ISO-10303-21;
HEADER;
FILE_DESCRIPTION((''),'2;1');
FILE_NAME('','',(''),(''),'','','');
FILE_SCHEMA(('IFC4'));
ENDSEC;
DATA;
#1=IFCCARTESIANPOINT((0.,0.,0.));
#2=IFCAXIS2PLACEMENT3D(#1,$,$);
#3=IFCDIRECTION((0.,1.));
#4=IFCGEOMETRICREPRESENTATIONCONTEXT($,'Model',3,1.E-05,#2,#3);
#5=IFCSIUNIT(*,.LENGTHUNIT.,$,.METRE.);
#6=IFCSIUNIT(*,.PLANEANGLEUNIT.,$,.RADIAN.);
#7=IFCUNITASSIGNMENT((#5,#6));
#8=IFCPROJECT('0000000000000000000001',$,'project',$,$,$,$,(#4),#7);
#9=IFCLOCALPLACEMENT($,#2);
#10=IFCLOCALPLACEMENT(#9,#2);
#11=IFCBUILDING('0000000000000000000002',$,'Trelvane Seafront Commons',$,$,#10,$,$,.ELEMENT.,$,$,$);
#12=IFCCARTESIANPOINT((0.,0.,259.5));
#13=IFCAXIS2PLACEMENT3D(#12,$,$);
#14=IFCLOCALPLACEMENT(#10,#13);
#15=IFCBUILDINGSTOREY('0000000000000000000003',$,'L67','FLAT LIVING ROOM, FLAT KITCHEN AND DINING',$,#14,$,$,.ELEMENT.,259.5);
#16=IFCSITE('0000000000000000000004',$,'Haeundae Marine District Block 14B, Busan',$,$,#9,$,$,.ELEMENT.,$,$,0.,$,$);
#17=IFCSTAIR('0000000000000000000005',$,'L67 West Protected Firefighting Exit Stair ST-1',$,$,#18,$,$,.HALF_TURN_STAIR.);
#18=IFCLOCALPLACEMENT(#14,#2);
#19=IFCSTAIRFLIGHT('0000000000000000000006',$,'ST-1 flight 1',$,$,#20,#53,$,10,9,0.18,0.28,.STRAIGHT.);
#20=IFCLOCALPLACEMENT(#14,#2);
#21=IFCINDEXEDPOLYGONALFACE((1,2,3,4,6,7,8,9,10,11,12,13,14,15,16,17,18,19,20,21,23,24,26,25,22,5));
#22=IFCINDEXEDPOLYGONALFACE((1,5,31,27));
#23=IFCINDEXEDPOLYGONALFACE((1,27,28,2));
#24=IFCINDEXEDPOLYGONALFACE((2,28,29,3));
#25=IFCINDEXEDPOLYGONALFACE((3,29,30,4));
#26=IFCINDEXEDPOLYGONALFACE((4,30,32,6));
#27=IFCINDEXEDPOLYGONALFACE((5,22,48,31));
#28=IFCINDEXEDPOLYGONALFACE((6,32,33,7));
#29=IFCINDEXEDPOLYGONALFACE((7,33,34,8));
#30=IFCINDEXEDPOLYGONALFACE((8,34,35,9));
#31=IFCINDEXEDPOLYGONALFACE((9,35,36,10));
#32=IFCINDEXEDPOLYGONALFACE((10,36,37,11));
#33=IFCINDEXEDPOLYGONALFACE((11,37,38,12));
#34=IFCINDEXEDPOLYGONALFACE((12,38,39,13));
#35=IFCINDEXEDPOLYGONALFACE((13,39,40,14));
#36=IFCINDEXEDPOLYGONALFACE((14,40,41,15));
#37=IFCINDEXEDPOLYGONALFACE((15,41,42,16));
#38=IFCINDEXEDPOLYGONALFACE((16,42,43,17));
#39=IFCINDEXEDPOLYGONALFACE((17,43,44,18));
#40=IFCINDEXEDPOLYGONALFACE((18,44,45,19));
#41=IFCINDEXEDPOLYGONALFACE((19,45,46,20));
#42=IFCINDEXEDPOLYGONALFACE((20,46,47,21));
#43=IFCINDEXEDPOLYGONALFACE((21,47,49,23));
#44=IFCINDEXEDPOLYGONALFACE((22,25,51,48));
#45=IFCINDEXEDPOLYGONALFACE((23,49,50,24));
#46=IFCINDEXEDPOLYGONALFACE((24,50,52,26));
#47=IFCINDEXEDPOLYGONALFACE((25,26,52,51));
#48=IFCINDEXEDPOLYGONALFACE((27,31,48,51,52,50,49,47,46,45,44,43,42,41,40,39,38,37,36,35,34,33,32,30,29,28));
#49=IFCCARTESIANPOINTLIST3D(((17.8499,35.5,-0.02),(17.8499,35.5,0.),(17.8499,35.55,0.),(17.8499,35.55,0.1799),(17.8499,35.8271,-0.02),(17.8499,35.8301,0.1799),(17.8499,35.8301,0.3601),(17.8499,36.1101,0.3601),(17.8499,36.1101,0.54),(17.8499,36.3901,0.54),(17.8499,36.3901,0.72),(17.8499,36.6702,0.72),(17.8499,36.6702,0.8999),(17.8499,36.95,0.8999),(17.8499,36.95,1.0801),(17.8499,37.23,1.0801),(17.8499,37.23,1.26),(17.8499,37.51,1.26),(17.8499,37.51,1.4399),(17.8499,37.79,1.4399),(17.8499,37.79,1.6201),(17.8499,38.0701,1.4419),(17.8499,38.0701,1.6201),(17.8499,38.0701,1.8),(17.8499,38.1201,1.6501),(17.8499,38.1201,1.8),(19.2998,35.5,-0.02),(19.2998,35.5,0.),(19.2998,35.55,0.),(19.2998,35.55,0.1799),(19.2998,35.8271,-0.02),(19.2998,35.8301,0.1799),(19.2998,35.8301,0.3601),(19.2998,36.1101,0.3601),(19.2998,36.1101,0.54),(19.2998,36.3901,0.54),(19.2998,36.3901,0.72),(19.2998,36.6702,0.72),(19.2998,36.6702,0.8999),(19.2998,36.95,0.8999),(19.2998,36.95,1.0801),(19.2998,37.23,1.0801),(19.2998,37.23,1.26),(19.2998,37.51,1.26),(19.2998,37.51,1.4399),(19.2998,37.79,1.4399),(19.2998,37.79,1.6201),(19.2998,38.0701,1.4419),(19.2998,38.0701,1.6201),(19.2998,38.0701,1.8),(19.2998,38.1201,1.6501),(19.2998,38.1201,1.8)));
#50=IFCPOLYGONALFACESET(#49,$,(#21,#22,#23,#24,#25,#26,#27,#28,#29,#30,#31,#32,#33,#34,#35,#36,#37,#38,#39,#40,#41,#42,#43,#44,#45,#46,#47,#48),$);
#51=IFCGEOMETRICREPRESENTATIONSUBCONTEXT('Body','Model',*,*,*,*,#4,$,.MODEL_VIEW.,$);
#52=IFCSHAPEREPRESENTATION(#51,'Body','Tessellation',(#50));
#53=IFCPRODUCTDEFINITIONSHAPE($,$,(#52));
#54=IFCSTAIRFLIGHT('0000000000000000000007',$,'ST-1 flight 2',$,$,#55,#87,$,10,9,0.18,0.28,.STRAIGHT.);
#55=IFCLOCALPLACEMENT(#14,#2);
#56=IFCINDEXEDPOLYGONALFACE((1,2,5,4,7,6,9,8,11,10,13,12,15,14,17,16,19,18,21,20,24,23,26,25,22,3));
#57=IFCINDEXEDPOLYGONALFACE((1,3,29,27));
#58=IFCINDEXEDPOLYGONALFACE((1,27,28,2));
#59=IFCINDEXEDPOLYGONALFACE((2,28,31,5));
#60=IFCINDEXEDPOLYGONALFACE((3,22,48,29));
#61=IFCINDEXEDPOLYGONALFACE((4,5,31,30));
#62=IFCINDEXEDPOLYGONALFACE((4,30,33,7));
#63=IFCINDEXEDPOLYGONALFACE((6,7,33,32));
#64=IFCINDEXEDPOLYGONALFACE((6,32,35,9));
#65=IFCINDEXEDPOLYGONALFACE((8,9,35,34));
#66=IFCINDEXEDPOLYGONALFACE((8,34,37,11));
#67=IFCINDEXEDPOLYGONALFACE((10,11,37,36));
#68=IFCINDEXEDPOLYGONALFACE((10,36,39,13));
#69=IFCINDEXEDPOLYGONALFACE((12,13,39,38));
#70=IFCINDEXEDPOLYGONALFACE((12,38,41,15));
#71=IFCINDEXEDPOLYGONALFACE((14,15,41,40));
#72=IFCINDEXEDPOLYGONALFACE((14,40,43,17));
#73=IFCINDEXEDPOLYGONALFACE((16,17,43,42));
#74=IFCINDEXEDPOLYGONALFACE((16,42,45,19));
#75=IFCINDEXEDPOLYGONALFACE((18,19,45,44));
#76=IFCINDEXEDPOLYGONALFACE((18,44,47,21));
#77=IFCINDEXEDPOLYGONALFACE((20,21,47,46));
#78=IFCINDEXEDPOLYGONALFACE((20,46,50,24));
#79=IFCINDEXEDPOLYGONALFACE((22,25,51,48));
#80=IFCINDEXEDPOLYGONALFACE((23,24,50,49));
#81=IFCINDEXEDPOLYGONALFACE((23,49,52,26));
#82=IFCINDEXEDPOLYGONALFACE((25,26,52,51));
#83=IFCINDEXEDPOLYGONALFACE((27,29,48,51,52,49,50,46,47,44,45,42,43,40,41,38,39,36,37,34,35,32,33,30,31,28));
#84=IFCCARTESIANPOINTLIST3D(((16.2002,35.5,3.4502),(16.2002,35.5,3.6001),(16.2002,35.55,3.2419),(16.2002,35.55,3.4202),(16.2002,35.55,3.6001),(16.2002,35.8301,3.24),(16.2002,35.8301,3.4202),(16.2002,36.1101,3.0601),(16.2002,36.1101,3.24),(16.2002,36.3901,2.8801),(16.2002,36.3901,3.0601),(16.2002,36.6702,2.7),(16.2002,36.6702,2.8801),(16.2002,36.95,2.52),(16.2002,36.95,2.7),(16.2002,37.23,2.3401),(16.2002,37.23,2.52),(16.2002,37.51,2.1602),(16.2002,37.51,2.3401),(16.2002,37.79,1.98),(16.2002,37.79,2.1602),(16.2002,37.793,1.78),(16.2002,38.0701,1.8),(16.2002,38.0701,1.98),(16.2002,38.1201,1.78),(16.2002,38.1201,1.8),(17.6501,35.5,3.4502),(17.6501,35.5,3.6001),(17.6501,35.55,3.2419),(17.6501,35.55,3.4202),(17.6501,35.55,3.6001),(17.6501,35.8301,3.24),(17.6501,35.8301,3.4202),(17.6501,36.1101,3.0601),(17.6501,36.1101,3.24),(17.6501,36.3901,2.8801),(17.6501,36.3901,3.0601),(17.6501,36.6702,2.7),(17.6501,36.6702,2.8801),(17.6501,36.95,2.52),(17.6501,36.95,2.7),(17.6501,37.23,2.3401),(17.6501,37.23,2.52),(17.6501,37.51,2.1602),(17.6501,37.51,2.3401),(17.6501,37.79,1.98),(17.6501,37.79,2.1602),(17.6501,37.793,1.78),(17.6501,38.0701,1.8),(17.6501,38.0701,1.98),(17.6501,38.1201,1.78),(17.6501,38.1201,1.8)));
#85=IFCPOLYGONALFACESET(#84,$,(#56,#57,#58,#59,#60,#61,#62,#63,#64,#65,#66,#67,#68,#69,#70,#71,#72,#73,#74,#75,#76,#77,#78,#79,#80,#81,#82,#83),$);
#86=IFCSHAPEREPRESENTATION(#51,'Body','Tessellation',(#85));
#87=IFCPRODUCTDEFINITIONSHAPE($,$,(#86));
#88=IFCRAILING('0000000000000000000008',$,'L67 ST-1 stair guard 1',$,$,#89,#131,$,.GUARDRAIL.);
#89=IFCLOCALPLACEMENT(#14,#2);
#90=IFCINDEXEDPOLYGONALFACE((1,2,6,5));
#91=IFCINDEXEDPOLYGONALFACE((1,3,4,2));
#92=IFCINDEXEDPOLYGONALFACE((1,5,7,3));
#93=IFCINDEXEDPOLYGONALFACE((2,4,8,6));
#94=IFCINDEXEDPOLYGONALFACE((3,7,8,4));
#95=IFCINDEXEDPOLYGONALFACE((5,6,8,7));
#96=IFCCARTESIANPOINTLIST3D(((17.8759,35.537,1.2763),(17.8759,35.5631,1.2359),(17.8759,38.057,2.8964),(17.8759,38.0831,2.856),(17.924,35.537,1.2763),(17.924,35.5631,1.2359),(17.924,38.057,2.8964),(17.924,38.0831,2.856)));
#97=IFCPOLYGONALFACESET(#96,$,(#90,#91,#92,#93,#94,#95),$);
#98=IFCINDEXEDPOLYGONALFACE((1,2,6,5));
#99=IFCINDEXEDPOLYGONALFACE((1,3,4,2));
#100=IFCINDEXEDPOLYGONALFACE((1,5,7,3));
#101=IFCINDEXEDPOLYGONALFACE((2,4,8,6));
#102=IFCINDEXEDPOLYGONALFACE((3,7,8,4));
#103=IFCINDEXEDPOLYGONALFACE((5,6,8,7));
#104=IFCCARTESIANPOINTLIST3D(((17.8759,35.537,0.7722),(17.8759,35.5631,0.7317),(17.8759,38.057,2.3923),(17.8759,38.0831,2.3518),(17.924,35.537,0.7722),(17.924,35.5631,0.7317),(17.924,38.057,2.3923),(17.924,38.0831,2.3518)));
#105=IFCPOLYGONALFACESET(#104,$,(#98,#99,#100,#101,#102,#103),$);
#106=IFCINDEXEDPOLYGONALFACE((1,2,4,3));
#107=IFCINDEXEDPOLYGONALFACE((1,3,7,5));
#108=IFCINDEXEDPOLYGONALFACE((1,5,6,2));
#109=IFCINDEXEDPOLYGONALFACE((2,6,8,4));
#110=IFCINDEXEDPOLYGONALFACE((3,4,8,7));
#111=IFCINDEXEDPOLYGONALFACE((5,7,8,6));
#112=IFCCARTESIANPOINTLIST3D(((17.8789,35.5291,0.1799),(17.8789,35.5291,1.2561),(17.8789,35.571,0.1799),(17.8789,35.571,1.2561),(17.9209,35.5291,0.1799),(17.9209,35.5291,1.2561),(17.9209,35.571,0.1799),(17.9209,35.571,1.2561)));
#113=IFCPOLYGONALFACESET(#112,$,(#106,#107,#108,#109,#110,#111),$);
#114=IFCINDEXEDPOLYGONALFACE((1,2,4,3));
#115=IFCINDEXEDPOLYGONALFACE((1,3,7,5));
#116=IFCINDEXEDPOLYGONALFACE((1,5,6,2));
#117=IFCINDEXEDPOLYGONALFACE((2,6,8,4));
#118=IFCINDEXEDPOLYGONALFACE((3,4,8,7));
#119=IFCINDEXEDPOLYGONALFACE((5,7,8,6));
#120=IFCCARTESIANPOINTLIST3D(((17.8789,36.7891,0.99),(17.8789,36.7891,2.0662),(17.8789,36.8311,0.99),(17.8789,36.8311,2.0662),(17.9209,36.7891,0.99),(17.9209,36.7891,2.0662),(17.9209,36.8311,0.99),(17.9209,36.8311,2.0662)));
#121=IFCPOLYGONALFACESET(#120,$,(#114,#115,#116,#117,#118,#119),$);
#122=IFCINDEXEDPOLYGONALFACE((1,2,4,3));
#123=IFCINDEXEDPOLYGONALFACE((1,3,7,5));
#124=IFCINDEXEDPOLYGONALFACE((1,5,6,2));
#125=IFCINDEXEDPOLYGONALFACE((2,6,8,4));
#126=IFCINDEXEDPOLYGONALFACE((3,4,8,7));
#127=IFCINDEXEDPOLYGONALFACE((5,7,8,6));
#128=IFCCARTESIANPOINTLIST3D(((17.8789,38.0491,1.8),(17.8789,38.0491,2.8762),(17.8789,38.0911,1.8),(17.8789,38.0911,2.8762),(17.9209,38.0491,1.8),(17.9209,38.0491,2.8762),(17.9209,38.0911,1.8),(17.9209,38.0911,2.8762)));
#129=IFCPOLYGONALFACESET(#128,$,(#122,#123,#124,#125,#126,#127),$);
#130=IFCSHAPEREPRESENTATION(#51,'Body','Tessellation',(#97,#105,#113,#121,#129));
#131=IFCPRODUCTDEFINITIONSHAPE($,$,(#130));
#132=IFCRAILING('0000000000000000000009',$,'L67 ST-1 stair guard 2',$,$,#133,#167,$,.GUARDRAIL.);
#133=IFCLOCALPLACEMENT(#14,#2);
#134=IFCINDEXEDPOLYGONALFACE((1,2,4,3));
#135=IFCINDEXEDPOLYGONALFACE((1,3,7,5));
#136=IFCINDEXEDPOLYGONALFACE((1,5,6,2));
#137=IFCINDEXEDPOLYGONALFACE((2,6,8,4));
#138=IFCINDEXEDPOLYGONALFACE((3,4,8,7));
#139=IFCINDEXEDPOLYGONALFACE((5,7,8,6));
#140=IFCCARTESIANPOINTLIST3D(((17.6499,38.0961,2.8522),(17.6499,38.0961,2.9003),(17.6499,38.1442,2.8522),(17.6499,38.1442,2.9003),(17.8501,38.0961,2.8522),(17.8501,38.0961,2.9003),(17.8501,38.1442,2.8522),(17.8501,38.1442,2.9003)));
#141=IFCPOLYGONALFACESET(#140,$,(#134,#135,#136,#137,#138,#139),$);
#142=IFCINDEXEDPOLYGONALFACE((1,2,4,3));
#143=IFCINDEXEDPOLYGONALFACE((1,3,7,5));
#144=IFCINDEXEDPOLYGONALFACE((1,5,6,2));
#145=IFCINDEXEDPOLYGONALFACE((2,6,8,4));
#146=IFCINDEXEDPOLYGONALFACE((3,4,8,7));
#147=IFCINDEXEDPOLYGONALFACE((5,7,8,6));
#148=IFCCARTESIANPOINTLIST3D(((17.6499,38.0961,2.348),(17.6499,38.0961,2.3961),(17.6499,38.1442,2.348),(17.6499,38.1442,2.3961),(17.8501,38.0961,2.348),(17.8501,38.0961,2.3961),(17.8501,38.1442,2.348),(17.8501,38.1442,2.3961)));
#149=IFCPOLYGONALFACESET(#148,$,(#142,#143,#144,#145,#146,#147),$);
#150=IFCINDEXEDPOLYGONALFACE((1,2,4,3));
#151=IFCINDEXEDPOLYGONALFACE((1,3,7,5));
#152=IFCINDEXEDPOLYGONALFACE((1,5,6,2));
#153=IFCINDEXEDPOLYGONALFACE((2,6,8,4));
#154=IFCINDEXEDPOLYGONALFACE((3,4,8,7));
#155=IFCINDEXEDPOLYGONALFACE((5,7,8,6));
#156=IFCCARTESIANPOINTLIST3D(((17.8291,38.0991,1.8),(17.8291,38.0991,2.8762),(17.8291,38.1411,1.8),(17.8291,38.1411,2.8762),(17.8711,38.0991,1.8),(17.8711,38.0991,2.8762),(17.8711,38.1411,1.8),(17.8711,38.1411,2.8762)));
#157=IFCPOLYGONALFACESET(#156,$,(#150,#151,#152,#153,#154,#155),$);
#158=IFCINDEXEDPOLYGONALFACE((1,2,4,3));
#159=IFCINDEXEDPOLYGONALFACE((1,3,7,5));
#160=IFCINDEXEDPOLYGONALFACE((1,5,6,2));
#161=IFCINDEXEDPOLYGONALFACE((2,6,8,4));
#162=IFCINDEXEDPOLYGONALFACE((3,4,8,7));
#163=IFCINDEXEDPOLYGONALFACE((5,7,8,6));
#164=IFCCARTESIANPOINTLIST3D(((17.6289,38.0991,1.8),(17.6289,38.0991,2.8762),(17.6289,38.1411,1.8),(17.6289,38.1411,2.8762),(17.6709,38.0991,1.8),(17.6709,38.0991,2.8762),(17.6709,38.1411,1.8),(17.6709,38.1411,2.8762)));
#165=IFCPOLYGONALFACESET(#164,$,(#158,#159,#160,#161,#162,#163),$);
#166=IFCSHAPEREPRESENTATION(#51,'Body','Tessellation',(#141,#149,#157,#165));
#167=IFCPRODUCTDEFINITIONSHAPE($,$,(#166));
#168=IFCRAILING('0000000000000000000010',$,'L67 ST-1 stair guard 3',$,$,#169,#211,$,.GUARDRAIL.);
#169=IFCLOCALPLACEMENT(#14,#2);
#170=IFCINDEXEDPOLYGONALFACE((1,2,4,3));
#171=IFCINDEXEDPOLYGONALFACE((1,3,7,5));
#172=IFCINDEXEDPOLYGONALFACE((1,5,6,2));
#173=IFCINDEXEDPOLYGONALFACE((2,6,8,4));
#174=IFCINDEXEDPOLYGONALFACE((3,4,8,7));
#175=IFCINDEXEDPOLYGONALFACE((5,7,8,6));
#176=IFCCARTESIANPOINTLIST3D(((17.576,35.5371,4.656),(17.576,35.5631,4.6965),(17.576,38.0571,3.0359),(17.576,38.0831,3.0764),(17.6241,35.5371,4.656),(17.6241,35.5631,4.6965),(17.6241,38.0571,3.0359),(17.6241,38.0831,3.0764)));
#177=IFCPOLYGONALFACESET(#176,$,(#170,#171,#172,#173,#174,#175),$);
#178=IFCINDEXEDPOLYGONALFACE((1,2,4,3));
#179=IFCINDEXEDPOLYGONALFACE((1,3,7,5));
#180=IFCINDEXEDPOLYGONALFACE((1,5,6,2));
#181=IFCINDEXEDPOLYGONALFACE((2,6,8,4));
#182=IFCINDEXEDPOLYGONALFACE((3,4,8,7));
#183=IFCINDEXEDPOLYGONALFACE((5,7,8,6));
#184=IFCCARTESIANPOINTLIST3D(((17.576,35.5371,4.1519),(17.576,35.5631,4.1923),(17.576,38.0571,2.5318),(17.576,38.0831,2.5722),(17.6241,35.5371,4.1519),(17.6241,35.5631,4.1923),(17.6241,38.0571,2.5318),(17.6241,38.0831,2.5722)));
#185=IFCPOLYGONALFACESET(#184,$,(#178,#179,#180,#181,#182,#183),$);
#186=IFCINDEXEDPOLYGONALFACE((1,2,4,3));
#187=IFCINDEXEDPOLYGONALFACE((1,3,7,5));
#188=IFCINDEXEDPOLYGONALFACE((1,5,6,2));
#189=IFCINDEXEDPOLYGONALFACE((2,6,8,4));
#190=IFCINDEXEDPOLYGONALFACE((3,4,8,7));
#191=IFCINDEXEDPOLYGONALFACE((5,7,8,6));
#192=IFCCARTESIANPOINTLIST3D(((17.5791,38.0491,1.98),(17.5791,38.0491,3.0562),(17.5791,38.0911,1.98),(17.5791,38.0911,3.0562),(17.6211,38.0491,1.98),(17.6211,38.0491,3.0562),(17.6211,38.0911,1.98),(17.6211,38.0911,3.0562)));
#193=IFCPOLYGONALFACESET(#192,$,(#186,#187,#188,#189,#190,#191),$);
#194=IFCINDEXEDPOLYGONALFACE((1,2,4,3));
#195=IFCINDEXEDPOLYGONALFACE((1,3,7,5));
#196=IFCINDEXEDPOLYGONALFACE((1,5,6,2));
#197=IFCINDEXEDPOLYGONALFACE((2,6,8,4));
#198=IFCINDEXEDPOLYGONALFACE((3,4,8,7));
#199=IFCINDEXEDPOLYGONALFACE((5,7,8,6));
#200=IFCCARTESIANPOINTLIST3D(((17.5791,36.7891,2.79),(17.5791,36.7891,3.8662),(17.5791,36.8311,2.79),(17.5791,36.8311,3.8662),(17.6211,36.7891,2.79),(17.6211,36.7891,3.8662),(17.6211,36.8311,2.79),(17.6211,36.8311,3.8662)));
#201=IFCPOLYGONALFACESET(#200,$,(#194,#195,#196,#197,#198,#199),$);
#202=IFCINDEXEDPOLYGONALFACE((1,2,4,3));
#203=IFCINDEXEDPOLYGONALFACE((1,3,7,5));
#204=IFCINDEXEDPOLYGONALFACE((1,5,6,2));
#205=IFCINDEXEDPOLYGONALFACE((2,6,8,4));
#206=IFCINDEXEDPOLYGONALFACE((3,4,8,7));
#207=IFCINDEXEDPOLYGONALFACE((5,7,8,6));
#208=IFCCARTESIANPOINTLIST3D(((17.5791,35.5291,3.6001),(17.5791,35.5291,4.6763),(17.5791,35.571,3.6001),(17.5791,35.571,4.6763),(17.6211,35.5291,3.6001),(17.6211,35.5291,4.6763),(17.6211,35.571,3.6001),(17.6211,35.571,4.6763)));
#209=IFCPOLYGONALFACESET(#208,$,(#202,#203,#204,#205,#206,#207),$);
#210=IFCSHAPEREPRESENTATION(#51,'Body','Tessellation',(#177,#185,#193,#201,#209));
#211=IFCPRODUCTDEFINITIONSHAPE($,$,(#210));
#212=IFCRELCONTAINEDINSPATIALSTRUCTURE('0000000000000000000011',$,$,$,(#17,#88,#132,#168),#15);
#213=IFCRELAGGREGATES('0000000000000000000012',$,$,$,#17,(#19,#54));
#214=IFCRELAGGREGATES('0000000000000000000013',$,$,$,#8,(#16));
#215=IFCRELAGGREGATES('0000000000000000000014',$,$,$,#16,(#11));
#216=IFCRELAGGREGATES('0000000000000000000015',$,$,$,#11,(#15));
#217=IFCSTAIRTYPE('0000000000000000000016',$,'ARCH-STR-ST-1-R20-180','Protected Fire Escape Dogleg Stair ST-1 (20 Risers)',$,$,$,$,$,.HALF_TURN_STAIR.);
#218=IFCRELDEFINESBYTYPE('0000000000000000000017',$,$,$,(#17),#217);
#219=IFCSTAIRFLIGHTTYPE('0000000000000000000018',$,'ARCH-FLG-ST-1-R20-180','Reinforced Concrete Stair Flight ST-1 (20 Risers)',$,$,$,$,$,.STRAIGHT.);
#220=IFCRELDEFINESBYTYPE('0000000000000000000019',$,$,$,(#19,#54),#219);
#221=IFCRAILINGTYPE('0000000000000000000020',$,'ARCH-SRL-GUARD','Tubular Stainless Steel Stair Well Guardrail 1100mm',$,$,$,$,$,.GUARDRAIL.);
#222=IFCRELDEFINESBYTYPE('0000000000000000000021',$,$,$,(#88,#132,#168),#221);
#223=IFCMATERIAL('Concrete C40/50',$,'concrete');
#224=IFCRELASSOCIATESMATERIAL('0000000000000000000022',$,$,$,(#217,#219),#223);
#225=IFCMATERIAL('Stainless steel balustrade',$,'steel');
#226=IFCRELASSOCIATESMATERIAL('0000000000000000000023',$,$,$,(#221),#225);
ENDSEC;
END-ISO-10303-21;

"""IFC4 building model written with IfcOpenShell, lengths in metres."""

from ifc_helpers import new_model, si_unit, direction, frame, origin, origin_2d, place, context, subcontext, project, spatial, polyline, rectangle, outline, extrude, source, transform, mapped, material, type_object, element, aggregate, save


model = new_model("IFC4")

# Units and contexts
model_context = context("Model", 3, precision=1e-05, world=origin(), true_north=direction((0.0, 1.0)))
body_context = subcontext(model_context, "Body", "Model", "MODEL_VIEW")
ifc_project = project(units=[si_unit("LENGTHUNIT", "METRE"), si_unit("PLANEANGLEUNIT", "RADIAN")], contexts=[model_context])

# Site, building, storey
site_placement = place(None, origin())
site = spatial("IfcSite", under=ifc_project, at=site_placement, Name="Haeundae Marine District Block 14B, Busan", CompositionType="ELEMENT", RefElevation=0.0)
building_placement = place(site_placement, origin())
building = spatial("IfcBuilding", under=site, at=building_placement, Name="Trelvane Seafront Commons", CompositionType="ELEMENT")
storey_placement = place(building_placement, frame((0.0, 0.0, 259.5)))
storey = spatial("IfcBuildingStorey", under=building, at=storey_placement, Name="L67", Description="FLAT LIVING ROOM, FLAT KITCHEN AND DINING", CompositionType="ELEMENT", Elevation=259.5)

# Shared definitions
ifc_material_1 = material(Name="Concrete C40/50", Category="concrete")
ifc_material_2 = material(Name="Stainless steel balustrade", Category="steel")

# Stair, stair flights
stair_type = type_object("IfcStairType", Name="ARCH-STR-ST-1-R20-180", Description="Protected Fire Escape Dogleg Stair ST-1 (20 Risers)", PredefinedType="HALF_TURN_STAIR", material=ifc_material_1)
stair_placement = place(storey_placement, origin())
stair = element("IfcStair", 1, at=stair_placement, inside=storey, type_object=stair_type, Name="L67 West Protected Firefighting Exit Stair ST-1", PredefinedType="HALF_TURN_STAIR")
stair_flight_type = type_object("IfcStairFlightType", Name="ARCH-FLG-ST-1-R20-180", Description="Reinforced Concrete Stair Flight ST-1 (20 Risers)", PredefinedType="STRAIGHT", material=ifc_material_1)
shared_shape_1 = source(origin(), body_context, "Body", "SweptSolid", [
    extrude(outline(polyline([(-0.05, -0.02), (-0.05, 0.0), (0.0, 0.0), (0.0, 0.1799), (0.28, 0.1799), (0.28, 0.3601), (0.5601, 0.3601), (0.5601, 0.54), (0.8401, 0.54), (0.8401, 0.72), (1.1201, 0.72), (1.1201, 0.8999), (1.3999, 0.8999), (1.3999, 1.0801), (1.6799, 1.0801), (1.6799, 1.26), (1.96, 1.26), (1.96, 1.4399), (2.24, 1.4399), (2.24, 1.6201), (2.52, 1.6201), (2.52, 1.8), (2.5701, 1.8), (2.5701, 1.6501), (2.52, 1.4419), (0.2771, -0.02), (-0.05, -0.02)])), frame((0.0, 0.7251, 0.0), z_axis=(0.0, -1.0, 0.0), x_axis=(1.0, 0.0, 0.0)), (0.0, 0.0, 1.0), 1.45),
])
stair_flight_1_placement = place(storey_placement, frame((18.575, 35.55, 0.0), z_axis=(0.0, 0.0, 1.0), x_axis=(0.0, 1.0, 0.0)))
stair_flight_1 = element("IfcStairFlight", 2, at=stair_flight_1_placement, type_object=stair_flight_type, Name="ST-1 flight 1", NumberOfRisers=10, NumberOfTreads=9, PredefinedType="STRAIGHT", RiserHeight=0.18, TreadLength=0.28, context=body_context, shape_type="MappedRepresentation", body=[
    mapped(shared_shape_1, transform((0.0, 0.0, 0.0), x_axis=(1.0, 0.0, 0.0), y_axis=(0.0, 1.0, 0.0), z_axis=(0.0, 0.0, 1.0), scale=1.0)),
])
stair_flight_2_placement = place(storey_placement, frame((16.925, 38.0701, 1.8), z_axis=(0.0, 0.0, 1.0), x_axis=(0.0, -1.0, 0.0)))
stair_flight_2 = element("IfcStairFlight", 3, at=stair_flight_2_placement, type_object=stair_flight_type, Name="ST-1 flight 2", NumberOfRisers=10, NumberOfTreads=9, PredefinedType="STRAIGHT", RiserHeight=0.18, TreadLength=0.28, context=body_context, shape_type="MappedRepresentation", body=[
    mapped(shared_shape_1, transform((0.0, 0.0, 0.0), x_axis=(1.0, 0.0, 0.0), y_axis=(0.0, 1.0, 0.0), z_axis=(0.0, 0.0, 1.0), scale=1.0)),
])
aggregate(stair, [stair_flight_1, stair_flight_2])

# Railings
railing_type_1 = type_object("IfcRailingType", Name="ARCH-SRL-GUARD", Description="Tubular Stainless Steel Stair Well Guardrail 1100mm", PredefinedType="GUARDRAIL", material=ifc_material_2)
railing_1_placement = place(storey_placement, frame((17.8999, 35.55, 0.1799)))
element("IfcRailing", 4, at=railing_1_placement, inside=storey, type_object=railing_type_1, Name="L67 ST-1 stair guard 1", PredefinedType="GUARDRAIL", context=body_context, shape_type="SweptSolid", body=[
    extrude(rectangle(XDim=0.0481, YDim=0.0481, at=origin_2d()), frame((0.0, 0.0, 1.0762), z_axis=(0.0, 0.841163, 0.540782), x_axis=(-1.0, 0.0, 0.0)), (0.0, 0.0, 1.0), 2.9958),
    extrude(rectangle(XDim=0.0481, YDim=0.0481, at=origin_2d()), frame((0.0, 0.0, 0.572), z_axis=(0.0, 0.841163, 0.540782), x_axis=(-1.0, 0.0, 0.0)), (0.0, 0.0, 1.0), 2.9958),
    extrude(rectangle(XDim=0.042, YDim=0.042, at=origin_2d()), origin(), (0.0, 0.0, 1.0), 1.0762),
    extrude(rectangle(XDim=0.042, YDim=0.042, at=origin_2d()), frame((0.0, 1.26, 0.8101)), (0.0, 0.0, 1.0), 1.0762),
    extrude(rectangle(XDim=0.042, YDim=0.042, at=origin_2d()), frame((0.0, 2.52, 1.6201)), (0.0, 0.0, 1.0), 1.0762),
])
railing_2_placement = place(storey_placement, frame((17.8501, 38.1201, 1.8)))
element("IfcRailing", 5, at=railing_2_placement, inside=storey, type_object=railing_type_1, Name="L67 ST-1 stair guard 2", PredefinedType="GUARDRAIL", context=body_context, shape_type="SweptSolid", body=[
    extrude(rectangle(XDim=0.0481, YDim=0.0481, at=origin_2d()), frame((0.0, 0.0, 1.0762), z_axis=(-1.0, 0.0, 0.0), x_axis=(0.0, -1.0, 0.0)), (0.0, 0.0, 1.0), 0.2002),
    extrude(rectangle(XDim=0.0481, YDim=0.0481, at=origin_2d()), frame((0.0, 0.0, 0.572), z_axis=(-1.0, 0.0, 0.0), x_axis=(0.0, -1.0, 0.0)), (0.0, 0.0, 1.0), 0.2002),
    extrude(rectangle(XDim=0.042, YDim=0.042, at=origin_2d()), origin(), (0.0, 0.0, 1.0), 1.0762),
    extrude(rectangle(XDim=0.042, YDim=0.042, at=origin_2d()), frame((-0.2002, 0.0, 0.0)), (0.0, 0.0, 1.0), 1.0762),
])
railing_3_placement = place(storey_placement, frame((17.6001, 38.0701, 1.98)))
element("IfcRailing", 6, at=railing_3_placement, inside=storey, type_object=railing_type_1, Name="L67 ST-1 stair guard 3", PredefinedType="GUARDRAIL", context=body_context, shape_type="SweptSolid", body=[
    extrude(rectangle(XDim=0.0481, YDim=0.0481, at=origin_2d()), frame((0.0, 0.0, 1.0762), z_axis=(0.0, -0.841163, 0.540782), x_axis=(1.0, 0.0, 0.0)), (0.0, 0.0, 1.0), 2.9958),
    extrude(rectangle(XDim=0.0481, YDim=0.0481, at=origin_2d()), frame((0.0, 0.0, 0.572), z_axis=(0.0, -0.841163, 0.540782), x_axis=(1.0, 0.0, 0.0)), (0.0, 0.0, 1.0), 2.9958),
    extrude(rectangle(XDim=0.042, YDim=0.042, at=origin_2d()), origin(), (0.0, 0.0, 1.0), 1.0762),
    extrude(rectangle(XDim=0.042, YDim=0.042, at=origin_2d()), frame((0.0, -1.26, 0.8101)), (0.0, 0.0, 1.0), 1.0762),
    extrude(rectangle(XDim=0.042, YDim=0.042, at=origin_2d()), frame((0.0, -2.52, 1.6201)), (0.0, 0.0, 1.0), 1.0762),
])

save(model, "model.ifc")
